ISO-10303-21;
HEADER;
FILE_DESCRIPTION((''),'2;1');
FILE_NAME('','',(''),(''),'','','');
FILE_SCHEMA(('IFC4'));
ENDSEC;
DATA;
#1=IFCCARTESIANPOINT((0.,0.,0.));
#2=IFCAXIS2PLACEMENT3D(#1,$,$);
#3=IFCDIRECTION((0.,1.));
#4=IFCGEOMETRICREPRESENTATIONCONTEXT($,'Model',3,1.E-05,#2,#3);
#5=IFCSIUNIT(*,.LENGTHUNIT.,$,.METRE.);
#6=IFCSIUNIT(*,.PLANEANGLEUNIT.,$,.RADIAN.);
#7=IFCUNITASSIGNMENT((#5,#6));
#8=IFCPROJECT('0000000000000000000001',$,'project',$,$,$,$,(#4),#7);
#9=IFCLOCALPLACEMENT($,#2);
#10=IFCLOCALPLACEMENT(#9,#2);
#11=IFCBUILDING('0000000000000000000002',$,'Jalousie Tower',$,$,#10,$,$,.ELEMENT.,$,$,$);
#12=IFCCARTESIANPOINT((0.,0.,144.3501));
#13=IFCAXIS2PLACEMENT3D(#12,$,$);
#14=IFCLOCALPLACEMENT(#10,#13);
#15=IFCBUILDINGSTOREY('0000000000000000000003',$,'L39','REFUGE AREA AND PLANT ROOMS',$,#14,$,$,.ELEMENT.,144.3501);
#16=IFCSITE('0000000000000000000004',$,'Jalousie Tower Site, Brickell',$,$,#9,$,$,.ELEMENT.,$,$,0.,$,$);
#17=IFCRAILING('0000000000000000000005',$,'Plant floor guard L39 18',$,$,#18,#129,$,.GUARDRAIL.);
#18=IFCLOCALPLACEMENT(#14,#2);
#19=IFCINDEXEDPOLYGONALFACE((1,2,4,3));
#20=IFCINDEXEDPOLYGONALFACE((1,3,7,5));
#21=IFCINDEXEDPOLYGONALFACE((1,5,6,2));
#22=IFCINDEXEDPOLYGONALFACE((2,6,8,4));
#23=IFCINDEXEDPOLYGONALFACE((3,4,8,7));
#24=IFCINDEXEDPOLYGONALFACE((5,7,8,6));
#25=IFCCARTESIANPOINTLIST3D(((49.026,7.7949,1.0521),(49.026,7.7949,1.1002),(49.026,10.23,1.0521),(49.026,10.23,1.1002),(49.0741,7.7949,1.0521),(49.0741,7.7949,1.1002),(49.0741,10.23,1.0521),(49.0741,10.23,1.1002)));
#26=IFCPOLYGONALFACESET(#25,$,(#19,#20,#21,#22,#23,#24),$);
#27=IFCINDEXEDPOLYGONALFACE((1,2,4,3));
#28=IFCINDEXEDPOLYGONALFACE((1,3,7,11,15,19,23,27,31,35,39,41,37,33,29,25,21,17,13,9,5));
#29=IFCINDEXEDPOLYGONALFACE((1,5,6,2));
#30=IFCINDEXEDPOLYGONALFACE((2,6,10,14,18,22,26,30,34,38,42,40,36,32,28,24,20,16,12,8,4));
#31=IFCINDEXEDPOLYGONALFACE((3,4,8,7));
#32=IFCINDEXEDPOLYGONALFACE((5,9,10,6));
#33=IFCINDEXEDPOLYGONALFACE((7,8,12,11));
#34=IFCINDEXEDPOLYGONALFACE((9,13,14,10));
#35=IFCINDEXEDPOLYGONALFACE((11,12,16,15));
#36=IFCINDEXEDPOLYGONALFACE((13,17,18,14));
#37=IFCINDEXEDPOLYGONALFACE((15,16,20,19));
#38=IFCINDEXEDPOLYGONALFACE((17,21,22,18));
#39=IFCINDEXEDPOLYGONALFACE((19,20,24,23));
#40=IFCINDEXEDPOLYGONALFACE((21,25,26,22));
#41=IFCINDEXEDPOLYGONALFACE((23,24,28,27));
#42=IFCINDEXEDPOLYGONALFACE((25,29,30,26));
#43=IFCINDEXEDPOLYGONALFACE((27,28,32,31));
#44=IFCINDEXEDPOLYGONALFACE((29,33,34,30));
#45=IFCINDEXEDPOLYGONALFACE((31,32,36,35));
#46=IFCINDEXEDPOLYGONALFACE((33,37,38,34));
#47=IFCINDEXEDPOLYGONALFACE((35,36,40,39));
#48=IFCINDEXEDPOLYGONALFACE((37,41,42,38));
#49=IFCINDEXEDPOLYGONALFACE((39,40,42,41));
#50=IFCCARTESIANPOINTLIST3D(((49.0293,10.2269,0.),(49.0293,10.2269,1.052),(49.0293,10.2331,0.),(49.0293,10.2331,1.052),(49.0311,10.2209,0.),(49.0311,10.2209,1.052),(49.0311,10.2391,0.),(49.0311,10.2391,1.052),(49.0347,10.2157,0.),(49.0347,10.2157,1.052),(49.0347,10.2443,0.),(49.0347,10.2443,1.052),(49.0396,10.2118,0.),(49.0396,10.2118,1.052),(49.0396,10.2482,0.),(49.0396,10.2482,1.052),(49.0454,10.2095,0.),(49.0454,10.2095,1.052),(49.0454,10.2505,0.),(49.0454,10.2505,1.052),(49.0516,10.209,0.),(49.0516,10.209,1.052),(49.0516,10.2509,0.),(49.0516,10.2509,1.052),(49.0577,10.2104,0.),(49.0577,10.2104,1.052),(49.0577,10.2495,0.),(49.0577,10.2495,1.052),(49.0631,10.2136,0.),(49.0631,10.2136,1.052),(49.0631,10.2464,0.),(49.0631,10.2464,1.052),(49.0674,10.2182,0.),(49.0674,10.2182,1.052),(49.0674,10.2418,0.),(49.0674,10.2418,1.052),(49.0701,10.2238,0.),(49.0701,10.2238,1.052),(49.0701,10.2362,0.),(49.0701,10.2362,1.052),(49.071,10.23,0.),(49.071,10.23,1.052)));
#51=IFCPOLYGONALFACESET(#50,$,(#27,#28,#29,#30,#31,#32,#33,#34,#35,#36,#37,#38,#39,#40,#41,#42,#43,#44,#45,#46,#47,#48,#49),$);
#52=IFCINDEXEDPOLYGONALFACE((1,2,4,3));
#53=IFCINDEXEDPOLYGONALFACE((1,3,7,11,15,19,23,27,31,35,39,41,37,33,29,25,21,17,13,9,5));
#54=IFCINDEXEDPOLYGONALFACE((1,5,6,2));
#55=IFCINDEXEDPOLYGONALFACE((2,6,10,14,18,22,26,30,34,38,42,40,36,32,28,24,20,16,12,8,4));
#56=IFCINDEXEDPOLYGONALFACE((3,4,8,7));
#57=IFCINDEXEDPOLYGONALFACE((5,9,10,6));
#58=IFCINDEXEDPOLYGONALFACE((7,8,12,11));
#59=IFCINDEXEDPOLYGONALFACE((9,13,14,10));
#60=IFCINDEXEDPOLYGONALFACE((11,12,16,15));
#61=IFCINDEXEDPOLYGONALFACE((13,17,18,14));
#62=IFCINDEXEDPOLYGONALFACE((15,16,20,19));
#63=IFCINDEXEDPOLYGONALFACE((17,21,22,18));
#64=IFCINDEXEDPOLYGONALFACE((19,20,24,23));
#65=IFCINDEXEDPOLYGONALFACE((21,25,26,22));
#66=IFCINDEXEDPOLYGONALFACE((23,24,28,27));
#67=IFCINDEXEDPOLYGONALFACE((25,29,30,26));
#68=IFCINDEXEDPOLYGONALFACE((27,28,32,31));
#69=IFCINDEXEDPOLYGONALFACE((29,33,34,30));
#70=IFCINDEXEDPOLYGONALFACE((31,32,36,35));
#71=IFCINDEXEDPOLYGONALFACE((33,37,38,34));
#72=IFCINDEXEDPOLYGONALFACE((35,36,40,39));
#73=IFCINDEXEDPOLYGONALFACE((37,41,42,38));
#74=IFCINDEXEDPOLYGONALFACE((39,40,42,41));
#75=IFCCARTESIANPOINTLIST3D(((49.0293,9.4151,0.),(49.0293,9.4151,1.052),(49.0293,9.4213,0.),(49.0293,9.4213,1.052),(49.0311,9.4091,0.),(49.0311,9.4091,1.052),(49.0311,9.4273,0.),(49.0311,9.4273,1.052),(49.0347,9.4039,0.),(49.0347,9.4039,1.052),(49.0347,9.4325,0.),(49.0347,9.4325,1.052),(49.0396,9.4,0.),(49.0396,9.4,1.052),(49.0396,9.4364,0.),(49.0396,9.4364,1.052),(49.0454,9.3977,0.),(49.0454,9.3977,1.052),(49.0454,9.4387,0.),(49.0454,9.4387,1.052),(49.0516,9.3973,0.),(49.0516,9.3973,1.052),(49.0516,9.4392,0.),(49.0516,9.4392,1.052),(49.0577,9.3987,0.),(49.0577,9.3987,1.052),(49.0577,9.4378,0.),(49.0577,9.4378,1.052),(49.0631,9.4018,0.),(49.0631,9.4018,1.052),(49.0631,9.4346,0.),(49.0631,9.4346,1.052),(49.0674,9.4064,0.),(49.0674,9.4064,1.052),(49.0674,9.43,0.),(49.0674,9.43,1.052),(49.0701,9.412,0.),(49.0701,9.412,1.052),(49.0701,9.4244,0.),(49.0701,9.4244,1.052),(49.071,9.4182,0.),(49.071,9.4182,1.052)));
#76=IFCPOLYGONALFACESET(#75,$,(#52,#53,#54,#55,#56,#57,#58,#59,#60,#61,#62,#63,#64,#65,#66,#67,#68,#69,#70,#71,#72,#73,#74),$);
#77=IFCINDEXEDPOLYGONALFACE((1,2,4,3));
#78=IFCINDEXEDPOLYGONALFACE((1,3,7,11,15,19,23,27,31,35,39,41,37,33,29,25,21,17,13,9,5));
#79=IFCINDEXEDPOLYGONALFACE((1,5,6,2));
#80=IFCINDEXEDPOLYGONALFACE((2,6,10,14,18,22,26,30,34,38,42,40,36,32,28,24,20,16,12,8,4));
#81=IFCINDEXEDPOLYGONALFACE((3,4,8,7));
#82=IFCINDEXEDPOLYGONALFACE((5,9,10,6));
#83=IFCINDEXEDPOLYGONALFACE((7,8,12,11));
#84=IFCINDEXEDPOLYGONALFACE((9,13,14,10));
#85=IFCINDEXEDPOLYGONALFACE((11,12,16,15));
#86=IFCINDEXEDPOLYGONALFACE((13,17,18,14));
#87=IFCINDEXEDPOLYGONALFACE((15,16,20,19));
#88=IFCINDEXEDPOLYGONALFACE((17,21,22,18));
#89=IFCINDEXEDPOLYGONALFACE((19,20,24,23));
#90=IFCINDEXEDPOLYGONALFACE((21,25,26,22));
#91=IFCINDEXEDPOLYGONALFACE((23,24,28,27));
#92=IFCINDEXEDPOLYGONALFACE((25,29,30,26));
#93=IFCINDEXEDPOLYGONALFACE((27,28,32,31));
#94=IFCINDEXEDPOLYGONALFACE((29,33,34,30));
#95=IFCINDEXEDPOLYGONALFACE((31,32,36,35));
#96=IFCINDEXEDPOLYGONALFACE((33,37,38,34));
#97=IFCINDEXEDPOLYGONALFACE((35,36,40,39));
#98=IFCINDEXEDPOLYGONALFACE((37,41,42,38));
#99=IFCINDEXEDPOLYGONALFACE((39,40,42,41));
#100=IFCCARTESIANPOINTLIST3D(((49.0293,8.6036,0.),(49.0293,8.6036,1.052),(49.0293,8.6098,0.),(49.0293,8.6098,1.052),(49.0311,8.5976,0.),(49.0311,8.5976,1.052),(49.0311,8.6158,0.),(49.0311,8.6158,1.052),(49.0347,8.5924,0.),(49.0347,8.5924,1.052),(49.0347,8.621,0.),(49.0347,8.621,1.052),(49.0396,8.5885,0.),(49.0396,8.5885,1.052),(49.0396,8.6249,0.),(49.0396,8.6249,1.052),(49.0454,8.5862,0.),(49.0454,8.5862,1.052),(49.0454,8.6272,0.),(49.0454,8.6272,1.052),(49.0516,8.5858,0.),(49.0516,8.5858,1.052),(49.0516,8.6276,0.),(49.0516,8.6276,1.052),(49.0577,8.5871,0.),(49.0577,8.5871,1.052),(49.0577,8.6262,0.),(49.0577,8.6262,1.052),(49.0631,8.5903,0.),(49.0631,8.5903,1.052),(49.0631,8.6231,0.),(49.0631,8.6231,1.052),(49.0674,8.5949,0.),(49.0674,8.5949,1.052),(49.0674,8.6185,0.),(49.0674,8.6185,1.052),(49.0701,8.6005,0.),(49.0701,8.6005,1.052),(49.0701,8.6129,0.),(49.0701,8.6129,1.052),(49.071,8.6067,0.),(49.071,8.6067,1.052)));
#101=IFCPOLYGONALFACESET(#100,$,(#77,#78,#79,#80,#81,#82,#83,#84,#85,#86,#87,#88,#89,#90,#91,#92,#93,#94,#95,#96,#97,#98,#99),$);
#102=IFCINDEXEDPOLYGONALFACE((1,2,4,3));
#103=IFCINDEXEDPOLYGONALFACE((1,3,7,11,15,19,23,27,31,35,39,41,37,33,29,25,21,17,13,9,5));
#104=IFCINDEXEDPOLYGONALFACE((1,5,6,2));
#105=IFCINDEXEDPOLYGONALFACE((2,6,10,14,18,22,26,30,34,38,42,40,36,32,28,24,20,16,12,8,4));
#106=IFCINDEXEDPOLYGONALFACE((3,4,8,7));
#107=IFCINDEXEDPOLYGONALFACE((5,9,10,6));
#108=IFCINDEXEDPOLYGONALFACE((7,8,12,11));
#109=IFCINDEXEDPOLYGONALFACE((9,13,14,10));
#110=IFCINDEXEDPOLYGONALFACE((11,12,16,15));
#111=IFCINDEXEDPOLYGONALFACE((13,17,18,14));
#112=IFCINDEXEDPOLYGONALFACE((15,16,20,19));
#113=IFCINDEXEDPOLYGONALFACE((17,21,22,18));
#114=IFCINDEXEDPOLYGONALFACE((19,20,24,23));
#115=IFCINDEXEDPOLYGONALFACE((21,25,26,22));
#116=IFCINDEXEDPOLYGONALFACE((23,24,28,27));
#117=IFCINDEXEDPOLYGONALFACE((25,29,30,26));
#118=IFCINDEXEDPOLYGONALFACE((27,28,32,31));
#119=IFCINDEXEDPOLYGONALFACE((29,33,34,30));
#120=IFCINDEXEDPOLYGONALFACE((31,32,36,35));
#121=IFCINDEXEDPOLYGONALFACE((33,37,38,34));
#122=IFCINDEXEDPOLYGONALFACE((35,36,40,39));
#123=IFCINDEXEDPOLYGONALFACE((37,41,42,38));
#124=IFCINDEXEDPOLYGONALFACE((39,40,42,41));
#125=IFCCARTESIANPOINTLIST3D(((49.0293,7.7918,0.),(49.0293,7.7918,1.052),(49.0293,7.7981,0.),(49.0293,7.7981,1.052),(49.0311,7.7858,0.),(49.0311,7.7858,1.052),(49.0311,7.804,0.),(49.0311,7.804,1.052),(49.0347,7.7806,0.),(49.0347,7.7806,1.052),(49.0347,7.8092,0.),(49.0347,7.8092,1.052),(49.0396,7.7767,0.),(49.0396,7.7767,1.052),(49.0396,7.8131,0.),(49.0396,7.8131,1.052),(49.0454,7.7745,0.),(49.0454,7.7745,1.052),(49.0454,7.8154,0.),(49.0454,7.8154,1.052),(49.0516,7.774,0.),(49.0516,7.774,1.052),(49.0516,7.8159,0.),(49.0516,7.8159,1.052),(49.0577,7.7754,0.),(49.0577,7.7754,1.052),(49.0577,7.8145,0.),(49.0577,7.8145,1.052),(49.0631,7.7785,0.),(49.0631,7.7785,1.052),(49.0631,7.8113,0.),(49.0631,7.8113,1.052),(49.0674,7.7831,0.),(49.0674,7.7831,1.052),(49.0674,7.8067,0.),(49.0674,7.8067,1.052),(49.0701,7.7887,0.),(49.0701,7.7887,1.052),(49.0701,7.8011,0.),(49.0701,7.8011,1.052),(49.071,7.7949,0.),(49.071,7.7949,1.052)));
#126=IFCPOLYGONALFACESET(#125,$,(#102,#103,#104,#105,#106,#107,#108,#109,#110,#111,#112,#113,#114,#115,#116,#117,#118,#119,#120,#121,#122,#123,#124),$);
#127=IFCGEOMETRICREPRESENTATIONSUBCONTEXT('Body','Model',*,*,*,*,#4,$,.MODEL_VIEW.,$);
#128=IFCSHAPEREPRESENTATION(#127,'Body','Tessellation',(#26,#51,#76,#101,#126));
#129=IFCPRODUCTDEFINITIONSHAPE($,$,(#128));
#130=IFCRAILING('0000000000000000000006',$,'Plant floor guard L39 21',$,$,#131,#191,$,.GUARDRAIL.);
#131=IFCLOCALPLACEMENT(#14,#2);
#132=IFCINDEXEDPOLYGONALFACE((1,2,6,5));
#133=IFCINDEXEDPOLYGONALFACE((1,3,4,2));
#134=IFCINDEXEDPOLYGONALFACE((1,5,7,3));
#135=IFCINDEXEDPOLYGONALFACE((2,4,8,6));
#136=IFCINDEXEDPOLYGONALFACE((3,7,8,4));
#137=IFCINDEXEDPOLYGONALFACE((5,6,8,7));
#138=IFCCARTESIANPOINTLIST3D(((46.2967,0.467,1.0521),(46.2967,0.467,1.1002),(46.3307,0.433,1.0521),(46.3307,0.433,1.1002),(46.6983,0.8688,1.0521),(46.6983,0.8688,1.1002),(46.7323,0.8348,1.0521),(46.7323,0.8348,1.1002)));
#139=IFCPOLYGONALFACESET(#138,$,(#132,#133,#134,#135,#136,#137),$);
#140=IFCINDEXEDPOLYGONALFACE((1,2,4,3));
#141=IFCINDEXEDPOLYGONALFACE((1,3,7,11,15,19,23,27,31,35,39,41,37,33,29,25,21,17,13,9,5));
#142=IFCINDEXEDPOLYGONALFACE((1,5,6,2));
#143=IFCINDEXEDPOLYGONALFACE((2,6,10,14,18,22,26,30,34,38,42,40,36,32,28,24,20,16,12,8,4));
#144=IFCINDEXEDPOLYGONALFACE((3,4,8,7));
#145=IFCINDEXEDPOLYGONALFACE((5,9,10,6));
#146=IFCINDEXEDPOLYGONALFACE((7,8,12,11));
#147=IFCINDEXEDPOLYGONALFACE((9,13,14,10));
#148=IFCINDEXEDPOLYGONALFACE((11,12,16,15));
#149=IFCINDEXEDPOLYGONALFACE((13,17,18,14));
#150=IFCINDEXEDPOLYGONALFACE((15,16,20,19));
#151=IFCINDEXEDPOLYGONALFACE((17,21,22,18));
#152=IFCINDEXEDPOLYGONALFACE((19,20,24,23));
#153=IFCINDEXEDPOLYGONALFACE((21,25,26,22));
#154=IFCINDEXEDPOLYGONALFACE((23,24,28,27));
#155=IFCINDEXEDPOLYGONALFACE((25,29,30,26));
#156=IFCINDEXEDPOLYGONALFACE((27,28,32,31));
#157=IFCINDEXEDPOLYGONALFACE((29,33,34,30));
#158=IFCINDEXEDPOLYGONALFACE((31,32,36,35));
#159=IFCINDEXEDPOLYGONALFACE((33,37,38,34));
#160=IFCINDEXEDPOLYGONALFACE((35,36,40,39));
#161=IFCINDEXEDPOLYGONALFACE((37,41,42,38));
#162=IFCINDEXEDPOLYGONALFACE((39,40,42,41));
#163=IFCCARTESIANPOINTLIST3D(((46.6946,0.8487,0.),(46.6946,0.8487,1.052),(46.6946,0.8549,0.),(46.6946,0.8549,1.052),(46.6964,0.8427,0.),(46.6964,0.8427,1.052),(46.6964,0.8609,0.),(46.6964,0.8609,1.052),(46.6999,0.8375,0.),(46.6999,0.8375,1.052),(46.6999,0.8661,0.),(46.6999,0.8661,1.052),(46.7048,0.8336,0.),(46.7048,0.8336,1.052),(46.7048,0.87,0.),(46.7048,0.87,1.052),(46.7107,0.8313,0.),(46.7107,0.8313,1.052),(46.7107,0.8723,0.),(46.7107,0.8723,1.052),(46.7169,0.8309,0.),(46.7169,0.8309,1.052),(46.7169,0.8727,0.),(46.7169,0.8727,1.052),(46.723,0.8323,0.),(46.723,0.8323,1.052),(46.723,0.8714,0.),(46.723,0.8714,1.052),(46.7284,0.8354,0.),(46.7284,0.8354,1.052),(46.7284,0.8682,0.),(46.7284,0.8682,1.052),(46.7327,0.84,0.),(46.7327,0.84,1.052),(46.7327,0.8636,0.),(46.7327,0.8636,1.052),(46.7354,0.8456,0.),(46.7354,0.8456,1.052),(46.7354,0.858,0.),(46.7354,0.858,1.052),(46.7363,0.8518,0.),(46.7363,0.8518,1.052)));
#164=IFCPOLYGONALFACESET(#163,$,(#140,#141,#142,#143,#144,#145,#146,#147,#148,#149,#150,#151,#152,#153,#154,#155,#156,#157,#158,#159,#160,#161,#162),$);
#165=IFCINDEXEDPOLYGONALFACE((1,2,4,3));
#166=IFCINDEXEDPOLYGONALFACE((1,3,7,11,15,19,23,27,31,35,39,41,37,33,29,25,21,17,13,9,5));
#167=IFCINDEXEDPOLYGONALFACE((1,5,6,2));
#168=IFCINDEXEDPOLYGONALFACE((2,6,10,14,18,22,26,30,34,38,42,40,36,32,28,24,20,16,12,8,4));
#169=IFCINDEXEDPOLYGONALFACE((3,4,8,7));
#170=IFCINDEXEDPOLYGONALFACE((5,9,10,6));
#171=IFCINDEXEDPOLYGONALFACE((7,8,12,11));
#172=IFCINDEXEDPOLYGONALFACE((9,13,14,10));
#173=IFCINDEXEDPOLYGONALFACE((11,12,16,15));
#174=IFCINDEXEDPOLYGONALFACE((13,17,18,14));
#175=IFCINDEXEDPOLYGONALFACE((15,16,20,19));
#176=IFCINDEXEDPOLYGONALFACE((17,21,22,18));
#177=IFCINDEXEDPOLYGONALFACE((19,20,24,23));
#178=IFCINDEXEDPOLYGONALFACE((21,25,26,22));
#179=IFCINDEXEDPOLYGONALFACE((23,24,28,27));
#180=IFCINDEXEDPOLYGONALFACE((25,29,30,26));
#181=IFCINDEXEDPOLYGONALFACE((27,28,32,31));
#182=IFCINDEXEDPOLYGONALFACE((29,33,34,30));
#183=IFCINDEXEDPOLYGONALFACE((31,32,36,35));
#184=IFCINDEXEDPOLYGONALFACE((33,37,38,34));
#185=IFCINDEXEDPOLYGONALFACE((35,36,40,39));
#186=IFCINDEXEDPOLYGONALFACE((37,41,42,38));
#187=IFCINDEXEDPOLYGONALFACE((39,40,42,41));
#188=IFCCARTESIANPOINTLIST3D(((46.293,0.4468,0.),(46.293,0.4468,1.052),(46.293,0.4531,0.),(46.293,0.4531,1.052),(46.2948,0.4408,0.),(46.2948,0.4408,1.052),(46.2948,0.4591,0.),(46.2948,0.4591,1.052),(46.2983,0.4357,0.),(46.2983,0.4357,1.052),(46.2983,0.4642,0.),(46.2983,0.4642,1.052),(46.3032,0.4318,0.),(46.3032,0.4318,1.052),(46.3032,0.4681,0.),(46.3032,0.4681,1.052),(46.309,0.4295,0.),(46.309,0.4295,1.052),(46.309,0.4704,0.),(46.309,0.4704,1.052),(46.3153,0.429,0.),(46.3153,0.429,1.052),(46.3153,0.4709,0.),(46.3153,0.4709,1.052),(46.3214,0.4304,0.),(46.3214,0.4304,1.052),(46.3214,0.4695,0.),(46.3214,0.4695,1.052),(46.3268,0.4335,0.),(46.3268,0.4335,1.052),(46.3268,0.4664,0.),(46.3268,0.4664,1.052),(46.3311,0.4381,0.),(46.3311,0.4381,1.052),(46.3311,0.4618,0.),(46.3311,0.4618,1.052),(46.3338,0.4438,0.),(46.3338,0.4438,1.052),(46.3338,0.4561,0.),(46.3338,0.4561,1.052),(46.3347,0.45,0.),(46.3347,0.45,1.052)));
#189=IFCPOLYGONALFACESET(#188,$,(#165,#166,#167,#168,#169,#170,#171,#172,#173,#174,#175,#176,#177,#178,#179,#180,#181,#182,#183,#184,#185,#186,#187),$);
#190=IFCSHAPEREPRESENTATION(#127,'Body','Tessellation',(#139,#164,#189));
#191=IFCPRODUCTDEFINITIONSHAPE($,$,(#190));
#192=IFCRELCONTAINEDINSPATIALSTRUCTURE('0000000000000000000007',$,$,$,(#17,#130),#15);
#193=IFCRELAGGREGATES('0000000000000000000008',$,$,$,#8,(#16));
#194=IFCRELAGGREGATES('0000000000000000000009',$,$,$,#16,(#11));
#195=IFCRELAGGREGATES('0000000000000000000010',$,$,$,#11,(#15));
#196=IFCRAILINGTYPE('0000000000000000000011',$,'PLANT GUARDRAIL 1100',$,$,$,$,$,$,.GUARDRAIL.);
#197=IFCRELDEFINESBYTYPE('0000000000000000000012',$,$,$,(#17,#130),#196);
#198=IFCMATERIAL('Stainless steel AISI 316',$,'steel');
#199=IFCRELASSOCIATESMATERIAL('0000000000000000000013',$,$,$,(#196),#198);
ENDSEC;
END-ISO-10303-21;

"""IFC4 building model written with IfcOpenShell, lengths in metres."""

from ifc_helpers import new_model, si_unit, direction, frame, origin, origin_2d, place, context, subcontext, project, spatial, rectangle, circle, extrude, material, type_object, element, save


model = new_model("IFC4")

# Units and contexts
model_context = context("Model", 3, precision=1e-05, world=origin(), true_north=direction((0.0, 1.0)))
body_context = subcontext(model_context, "Body", "Model", "MODEL_VIEW")
ifc_project = project(units=[si_unit("LENGTHUNIT", "METRE"), si_unit("PLANEANGLEUNIT", "RADIAN")], contexts=[model_context])

# Site, building, storey
site_placement = place(None, origin())
site = spatial("IfcSite", under=ifc_project, at=site_placement, Name="Jalousie Tower Site, Brickell", CompositionType="ELEMENT", RefElevation=0.0)
building_placement = place(site_placement, origin())
building = spatial("IfcBuilding", under=site, at=building_placement, Name="Jalousie Tower", CompositionType="ELEMENT")
storey_placement = place(building_placement, frame((0.0, 0.0, 144.3501)))
storey = spatial("IfcBuildingStorey", under=building, at=storey_placement, Name="L39", Description="REFUGE AREA AND PLANT ROOMS", CompositionType="ELEMENT", Elevation=144.3501)

# Railings
ifc_material_1 = material(Name="Stainless steel AISI 316", Category="steel")
railing_type = type_object("IfcRailingType", Name="PLANT GUARDRAIL 1100", PredefinedType="GUARDRAIL", material=ifc_material_1)
railing_1_placement = place(storey_placement, frame((49.05, 10.23, 0.0)))
element("IfcRailing", 1, at=railing_1_placement, inside=storey, type_object=railing_type, Name="Plant floor guard L39 18", PredefinedType="GUARDRAIL", context=body_context, shape_type="SweptSolid", body=[
    extrude(rectangle(XDim=0.0481, YDim=0.0481, at=origin_2d()), frame((0.0, 0.0, 1.0762), z_axis=(0.0, -1.0, 0.0), x_axis=(1.0, 0.0, 0.0)), (0.0, 0.0, 1.0), 2.4351),
    extrude(circle(Radius=0.021, at=origin_2d()), origin(), (0.0, 0.0, 1.0), 1.052),
    extrude(circle(Radius=0.021, at=origin_2d()), frame((0.0, -0.8118, 0.0)), (0.0, 0.0, 1.0), 1.052),
    extrude(circle(Radius=0.021, at=origin_2d()), frame((0.0, -1.6233, 0.0)), (0.0, 0.0, 1.0), 1.052),
    extrude(circle(Radius=0.021, at=origin_2d()), frame((0.0, -2.4351, 0.0)), (0.0, 0.0, 1.0), 1.052),
])
railing_2_placement = place(storey_placement, frame((46.7153, 0.8518, 0.0)))
element("IfcRailing", 2, at=railing_2_placement, inside=storey, type_object=railing_type, Name="Plant floor guard L39 21", PredefinedType="GUARDRAIL", context=body_context, shape_type="SweptSolid", body=[
    extrude(rectangle(XDim=0.0481, YDim=0.0481, at=origin_2d()), frame((0.0, 0.0, 1.0762), z_axis=(-0.706892, -0.707322, 0.0), x_axis=(0.707322, -0.706892, 0.0)), (0.0, 0.0, 1.0), 0.5681),
    extrude(circle(Radius=0.021, at=origin_2d()), origin(), (0.0, 0.0, 1.0), 1.052),
    extrude(circle(Radius=0.021, at=origin_2d()), frame((-0.4016, -0.4019, 0.0)), (0.0, 0.0, 1.0), 1.052),
])

save(model, "model.ifc")
